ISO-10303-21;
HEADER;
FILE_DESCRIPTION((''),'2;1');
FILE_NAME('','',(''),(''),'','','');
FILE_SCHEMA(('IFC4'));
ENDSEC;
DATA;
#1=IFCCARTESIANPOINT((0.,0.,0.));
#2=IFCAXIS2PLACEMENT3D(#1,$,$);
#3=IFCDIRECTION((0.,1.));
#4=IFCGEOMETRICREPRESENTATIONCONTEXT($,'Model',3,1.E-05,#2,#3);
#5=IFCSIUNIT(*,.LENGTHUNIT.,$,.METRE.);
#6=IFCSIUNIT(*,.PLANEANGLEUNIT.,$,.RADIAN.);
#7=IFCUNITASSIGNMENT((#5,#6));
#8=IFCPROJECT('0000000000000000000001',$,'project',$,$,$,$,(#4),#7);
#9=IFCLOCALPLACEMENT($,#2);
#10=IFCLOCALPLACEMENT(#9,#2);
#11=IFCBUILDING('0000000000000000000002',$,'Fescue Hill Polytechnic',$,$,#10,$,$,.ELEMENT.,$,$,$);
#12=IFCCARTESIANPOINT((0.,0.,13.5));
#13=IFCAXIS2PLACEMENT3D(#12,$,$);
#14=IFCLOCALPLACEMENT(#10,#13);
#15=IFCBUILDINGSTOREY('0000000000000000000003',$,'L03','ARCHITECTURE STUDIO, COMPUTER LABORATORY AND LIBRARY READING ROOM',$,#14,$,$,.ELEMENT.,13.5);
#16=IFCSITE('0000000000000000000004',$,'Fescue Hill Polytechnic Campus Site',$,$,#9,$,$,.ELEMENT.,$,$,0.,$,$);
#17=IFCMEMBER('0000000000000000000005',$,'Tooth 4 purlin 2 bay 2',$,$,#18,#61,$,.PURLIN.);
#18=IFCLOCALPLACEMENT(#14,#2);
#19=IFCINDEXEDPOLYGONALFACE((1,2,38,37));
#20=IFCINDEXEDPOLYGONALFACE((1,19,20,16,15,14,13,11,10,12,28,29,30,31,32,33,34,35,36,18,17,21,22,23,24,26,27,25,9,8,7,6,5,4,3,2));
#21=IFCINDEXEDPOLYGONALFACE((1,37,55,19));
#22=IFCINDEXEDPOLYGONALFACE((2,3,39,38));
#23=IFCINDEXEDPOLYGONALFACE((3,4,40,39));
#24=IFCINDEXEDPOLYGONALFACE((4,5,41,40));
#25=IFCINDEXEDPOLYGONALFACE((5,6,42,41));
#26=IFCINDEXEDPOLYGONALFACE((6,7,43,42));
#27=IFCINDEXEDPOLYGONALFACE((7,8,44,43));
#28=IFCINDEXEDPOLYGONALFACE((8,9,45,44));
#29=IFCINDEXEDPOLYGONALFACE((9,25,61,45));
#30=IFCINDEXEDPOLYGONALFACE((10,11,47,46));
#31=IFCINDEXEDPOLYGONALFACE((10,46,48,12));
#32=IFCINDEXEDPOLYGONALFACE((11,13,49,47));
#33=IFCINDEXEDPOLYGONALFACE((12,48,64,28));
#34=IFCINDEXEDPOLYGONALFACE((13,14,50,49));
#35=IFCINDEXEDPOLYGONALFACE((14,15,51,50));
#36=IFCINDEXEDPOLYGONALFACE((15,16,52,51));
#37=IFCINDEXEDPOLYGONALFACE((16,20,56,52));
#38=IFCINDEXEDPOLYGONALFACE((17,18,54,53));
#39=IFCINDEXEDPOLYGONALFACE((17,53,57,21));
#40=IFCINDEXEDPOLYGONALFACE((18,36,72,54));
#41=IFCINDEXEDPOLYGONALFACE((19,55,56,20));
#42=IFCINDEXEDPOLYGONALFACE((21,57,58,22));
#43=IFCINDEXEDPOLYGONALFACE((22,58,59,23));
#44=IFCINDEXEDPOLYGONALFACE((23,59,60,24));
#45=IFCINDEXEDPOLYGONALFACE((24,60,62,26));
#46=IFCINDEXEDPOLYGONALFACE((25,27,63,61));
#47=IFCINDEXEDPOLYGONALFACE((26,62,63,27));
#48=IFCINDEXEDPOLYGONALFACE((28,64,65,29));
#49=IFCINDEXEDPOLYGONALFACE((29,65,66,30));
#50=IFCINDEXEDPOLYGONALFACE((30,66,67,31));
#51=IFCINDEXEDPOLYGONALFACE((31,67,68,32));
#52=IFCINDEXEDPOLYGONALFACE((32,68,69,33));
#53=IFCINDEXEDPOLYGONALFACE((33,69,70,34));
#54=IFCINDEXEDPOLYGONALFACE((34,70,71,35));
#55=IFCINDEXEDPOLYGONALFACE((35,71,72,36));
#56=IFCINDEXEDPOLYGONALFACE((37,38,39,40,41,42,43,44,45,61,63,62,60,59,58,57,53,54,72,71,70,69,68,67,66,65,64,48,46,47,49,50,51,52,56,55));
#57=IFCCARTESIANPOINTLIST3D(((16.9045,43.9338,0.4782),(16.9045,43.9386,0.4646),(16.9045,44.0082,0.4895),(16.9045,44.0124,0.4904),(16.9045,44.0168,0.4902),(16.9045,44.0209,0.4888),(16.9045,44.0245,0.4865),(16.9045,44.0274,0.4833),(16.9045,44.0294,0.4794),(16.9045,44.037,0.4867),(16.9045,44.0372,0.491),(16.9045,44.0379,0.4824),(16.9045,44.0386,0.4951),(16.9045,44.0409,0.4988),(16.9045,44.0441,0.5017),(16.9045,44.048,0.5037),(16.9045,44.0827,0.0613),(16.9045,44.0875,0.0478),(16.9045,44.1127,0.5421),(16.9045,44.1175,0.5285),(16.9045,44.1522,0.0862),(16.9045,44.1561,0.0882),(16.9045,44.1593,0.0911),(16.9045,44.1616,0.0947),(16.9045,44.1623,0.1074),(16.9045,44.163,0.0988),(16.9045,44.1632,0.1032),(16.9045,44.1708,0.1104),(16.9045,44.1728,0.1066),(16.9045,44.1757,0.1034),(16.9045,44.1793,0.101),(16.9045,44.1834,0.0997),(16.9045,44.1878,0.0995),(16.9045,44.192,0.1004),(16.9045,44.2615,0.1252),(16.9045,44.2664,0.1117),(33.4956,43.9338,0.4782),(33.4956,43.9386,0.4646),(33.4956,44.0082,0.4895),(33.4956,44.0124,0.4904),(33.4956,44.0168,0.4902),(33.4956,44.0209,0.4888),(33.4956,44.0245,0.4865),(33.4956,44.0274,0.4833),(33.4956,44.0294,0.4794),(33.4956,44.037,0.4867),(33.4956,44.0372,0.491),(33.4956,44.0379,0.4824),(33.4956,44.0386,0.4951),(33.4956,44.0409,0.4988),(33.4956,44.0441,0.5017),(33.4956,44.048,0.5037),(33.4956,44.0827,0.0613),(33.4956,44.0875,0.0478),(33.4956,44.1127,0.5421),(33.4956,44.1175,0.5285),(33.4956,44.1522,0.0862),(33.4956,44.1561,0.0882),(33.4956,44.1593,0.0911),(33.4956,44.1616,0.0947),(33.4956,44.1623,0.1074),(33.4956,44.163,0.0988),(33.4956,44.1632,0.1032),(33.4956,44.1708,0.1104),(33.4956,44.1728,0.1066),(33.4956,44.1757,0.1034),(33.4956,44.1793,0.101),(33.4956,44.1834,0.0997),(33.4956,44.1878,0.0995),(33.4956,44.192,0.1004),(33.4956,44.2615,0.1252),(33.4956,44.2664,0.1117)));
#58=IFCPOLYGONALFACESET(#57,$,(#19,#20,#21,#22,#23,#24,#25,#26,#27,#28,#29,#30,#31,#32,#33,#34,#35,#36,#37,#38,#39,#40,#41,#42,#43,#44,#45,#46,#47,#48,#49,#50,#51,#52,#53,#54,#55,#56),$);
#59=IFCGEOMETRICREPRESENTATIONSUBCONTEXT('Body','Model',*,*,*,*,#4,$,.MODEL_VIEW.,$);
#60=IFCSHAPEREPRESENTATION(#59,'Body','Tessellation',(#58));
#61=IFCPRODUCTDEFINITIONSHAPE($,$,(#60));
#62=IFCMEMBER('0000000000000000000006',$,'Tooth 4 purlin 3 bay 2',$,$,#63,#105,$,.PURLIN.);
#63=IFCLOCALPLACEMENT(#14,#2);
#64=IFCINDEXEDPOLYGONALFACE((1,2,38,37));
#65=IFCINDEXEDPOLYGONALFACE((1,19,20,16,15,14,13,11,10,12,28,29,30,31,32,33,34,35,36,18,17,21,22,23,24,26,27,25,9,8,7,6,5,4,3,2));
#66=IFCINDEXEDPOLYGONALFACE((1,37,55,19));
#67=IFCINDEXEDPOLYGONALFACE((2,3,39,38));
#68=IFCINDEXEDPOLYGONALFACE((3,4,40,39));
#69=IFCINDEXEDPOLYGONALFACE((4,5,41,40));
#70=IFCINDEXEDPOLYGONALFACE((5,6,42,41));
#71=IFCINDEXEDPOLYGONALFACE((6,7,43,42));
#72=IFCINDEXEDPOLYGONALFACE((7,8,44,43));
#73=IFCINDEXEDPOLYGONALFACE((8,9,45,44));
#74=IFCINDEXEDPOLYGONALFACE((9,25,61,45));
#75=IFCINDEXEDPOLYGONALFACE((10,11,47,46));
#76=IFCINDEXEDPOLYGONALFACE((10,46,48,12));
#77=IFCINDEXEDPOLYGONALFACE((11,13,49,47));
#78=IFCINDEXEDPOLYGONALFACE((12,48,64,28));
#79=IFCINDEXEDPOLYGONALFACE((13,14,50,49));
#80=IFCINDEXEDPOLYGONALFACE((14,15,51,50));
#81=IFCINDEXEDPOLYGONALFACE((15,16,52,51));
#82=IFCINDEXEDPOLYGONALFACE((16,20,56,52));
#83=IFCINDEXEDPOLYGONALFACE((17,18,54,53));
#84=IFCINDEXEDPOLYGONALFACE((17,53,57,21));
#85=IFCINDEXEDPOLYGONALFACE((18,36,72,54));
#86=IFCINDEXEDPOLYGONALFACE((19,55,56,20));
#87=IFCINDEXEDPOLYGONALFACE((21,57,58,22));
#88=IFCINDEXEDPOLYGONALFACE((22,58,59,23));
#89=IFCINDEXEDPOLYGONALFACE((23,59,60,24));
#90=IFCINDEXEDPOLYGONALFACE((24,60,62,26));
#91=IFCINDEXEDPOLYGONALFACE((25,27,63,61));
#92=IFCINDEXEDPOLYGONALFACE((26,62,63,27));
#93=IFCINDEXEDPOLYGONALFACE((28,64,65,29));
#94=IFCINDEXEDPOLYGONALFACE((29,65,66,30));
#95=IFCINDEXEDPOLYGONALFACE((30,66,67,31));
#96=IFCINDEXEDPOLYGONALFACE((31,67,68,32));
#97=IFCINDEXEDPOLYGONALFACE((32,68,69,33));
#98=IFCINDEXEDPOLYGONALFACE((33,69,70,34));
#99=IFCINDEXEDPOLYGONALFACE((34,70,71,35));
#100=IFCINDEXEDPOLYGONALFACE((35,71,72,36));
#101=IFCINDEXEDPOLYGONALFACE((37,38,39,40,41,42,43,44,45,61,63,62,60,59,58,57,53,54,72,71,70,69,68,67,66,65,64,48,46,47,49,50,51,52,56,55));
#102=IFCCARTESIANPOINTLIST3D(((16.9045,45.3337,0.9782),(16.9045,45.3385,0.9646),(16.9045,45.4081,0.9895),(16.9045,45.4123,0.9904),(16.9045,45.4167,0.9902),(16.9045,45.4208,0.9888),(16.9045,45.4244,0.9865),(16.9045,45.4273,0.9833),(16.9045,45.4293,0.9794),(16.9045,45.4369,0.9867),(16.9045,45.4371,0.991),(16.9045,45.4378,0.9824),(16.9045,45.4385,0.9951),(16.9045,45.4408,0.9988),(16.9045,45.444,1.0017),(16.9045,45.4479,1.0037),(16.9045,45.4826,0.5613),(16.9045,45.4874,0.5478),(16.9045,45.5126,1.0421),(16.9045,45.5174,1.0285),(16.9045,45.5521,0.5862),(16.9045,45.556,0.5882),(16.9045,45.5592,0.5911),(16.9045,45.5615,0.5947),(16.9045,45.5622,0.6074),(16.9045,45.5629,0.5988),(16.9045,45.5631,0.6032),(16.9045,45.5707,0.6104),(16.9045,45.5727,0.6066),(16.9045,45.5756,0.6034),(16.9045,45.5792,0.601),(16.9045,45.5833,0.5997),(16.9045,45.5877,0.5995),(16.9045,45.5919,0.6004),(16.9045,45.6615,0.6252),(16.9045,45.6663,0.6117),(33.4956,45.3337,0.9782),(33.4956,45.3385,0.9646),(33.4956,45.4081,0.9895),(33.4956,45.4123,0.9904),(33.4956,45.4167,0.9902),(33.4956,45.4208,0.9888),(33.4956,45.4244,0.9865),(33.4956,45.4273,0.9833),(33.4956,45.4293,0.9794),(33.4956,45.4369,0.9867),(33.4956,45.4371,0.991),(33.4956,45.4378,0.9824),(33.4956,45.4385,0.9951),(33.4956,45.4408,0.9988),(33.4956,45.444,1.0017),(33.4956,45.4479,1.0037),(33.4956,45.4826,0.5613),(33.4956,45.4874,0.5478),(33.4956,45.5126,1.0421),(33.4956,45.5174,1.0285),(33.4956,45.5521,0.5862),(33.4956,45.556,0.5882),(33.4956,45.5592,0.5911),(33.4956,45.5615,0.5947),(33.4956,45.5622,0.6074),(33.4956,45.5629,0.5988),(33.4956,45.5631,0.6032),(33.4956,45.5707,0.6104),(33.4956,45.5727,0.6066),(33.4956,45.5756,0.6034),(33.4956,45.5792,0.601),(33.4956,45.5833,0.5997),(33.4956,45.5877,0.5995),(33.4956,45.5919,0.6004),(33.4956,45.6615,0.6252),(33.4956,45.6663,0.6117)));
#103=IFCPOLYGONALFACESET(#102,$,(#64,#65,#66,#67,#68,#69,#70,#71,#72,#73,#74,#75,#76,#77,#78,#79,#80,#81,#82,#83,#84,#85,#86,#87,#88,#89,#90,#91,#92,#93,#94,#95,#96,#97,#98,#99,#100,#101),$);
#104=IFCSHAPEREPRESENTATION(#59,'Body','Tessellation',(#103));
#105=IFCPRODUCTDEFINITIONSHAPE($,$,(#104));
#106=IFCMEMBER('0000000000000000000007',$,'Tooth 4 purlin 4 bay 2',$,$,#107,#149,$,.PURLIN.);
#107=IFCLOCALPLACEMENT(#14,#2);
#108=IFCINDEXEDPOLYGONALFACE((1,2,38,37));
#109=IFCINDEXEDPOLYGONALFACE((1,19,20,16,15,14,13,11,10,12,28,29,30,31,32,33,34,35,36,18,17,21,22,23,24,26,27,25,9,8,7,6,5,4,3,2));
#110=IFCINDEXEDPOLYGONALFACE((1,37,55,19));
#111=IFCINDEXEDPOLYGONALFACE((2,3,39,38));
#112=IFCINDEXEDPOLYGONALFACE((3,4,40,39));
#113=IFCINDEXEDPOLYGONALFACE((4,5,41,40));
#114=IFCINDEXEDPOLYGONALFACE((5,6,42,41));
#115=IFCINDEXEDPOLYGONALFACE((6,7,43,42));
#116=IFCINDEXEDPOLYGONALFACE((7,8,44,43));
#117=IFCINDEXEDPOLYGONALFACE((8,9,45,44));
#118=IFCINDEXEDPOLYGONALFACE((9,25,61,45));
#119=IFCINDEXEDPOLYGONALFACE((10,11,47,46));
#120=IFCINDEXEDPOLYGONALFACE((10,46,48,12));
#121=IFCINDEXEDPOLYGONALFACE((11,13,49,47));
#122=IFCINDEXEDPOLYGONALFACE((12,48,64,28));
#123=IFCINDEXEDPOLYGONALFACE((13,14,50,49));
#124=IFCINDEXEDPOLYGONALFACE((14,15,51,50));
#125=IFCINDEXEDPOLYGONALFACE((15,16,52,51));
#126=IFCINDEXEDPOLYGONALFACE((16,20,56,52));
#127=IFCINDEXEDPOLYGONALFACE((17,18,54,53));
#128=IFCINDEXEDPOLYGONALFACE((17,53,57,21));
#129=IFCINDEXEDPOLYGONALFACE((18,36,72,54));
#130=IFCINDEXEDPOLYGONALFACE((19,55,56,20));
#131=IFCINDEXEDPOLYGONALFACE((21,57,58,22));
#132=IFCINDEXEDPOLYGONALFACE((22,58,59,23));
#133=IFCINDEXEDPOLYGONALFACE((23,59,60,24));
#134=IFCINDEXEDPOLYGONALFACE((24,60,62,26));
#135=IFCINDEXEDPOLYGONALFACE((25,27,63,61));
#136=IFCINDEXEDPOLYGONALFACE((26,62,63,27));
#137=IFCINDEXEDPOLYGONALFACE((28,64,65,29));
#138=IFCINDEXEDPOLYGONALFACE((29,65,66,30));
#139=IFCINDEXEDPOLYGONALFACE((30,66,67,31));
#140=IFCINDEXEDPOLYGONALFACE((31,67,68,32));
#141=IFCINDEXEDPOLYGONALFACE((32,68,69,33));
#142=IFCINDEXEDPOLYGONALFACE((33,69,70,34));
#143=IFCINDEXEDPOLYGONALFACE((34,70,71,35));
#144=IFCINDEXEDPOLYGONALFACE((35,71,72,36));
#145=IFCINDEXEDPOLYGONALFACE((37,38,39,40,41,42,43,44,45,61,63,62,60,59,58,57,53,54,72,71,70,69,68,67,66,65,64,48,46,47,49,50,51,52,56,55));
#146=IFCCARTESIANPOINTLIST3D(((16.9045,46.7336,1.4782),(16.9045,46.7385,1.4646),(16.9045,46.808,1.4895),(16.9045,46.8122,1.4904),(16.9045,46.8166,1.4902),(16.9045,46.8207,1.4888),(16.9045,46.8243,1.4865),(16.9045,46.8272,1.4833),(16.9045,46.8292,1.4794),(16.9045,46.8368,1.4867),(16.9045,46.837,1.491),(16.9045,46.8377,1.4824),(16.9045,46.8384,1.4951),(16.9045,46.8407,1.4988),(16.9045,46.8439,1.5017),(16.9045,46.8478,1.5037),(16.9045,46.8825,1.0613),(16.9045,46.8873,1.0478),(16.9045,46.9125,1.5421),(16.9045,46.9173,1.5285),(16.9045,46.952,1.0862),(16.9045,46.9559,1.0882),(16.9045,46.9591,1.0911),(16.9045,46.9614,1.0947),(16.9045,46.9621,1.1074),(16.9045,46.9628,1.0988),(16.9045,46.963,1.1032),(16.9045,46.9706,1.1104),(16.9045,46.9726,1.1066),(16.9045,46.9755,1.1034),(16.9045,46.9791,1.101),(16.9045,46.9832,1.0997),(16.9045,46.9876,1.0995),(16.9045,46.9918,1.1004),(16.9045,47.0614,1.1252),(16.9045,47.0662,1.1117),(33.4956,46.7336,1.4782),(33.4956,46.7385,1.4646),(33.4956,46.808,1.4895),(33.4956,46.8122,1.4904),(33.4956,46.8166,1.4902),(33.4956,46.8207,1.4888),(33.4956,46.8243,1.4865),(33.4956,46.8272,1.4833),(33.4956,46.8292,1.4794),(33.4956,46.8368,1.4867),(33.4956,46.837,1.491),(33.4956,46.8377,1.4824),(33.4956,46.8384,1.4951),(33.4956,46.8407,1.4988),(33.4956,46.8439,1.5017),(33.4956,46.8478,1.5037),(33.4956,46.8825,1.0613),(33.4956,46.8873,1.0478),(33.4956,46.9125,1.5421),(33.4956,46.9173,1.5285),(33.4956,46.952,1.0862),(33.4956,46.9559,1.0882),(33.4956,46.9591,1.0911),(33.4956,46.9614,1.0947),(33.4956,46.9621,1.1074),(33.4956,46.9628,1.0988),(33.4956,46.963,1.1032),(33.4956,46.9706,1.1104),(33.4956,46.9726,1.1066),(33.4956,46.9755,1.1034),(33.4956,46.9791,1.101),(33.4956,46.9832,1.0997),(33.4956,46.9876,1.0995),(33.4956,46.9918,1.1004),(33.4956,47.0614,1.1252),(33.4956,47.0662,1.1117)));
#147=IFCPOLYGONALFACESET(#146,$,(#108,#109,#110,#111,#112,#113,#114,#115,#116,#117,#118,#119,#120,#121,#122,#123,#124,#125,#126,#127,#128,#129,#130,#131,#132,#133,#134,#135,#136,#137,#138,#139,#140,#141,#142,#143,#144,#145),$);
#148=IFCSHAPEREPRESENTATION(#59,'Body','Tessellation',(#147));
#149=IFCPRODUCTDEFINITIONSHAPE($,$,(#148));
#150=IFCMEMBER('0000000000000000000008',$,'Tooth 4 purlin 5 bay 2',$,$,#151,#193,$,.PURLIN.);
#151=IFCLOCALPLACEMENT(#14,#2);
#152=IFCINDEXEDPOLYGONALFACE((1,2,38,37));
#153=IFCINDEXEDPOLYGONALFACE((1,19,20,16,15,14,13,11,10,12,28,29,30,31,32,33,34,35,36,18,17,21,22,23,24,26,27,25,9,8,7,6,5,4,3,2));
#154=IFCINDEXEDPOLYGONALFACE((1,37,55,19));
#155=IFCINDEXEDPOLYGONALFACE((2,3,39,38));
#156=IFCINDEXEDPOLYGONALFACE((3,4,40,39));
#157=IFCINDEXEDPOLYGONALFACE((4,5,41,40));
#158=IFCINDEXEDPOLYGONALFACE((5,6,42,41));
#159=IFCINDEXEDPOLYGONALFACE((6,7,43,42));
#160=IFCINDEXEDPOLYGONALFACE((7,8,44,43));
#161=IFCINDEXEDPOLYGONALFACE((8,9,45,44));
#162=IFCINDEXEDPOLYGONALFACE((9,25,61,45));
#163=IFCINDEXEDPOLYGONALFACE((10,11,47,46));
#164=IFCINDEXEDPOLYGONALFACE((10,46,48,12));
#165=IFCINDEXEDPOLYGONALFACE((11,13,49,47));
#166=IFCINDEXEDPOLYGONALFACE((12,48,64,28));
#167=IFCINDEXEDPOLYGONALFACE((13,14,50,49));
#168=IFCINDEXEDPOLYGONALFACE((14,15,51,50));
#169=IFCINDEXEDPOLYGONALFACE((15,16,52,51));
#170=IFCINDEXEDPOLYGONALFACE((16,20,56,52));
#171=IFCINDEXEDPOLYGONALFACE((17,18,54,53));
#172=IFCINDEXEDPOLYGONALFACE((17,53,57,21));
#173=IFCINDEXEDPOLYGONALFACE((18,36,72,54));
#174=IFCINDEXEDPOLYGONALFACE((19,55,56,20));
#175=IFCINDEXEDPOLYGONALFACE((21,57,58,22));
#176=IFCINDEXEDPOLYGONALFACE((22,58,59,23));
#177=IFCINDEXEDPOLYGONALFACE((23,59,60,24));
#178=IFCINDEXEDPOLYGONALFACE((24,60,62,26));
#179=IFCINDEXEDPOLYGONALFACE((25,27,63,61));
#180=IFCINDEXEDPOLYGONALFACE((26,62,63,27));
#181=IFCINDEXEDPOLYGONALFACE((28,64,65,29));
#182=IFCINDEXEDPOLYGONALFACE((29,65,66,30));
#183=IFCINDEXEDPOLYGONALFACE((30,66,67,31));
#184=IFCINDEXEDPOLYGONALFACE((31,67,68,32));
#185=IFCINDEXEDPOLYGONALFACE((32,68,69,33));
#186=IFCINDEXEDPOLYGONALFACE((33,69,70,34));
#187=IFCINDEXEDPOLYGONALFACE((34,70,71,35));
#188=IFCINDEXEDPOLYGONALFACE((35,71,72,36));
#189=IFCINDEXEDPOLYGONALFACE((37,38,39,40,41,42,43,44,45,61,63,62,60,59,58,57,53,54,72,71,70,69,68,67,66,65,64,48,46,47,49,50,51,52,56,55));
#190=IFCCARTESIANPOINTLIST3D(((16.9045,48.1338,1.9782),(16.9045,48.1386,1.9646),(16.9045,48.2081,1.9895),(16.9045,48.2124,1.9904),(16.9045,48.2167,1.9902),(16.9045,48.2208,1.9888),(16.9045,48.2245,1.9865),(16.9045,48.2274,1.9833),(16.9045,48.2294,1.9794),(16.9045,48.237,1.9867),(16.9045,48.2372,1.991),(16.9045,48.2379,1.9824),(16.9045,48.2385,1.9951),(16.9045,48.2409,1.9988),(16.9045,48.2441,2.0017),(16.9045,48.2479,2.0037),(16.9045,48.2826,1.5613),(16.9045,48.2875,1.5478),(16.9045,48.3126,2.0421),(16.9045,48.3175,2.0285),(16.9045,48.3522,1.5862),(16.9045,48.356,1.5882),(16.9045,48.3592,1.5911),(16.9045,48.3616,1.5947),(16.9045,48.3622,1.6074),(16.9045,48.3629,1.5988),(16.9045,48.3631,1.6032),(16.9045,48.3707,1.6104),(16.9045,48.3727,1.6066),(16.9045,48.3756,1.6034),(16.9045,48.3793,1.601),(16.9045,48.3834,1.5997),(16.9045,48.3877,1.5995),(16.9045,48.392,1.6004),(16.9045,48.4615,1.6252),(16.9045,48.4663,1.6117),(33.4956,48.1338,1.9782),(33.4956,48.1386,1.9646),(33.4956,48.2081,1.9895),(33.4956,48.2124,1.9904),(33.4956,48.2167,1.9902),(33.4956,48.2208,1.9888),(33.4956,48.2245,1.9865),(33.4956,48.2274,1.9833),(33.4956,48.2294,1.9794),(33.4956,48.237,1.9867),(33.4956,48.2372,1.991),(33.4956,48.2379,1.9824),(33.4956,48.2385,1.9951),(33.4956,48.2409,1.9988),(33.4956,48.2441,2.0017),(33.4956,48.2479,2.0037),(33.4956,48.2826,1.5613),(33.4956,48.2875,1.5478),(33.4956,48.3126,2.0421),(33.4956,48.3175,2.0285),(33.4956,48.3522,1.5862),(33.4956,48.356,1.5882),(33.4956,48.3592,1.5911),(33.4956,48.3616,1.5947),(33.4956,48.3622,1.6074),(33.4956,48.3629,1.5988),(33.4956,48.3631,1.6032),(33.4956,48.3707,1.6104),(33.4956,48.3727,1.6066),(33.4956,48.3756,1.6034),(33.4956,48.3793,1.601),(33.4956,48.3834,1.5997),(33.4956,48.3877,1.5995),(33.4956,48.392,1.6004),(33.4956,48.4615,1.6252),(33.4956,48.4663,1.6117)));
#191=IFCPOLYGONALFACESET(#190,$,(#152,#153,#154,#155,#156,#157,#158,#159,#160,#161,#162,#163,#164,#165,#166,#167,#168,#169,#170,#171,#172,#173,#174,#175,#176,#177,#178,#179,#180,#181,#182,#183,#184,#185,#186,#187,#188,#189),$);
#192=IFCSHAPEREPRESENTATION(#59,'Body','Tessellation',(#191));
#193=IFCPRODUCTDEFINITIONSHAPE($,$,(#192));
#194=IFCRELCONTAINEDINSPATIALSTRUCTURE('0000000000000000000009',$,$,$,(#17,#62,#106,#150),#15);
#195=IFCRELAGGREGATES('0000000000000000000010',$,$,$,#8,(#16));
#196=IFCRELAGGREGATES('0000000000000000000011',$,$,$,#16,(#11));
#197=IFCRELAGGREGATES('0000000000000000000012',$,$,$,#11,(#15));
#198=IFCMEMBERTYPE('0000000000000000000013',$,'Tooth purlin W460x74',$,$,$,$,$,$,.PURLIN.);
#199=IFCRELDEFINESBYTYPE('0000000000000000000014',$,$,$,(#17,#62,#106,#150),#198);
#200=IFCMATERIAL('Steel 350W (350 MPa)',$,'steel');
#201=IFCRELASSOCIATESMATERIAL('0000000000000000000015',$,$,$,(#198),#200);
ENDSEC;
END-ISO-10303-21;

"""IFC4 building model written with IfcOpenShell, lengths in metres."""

from ifc_helpers import new_model, si_unit, direction, frame, origin, origin_2d, place, context, subcontext, project, spatial, i_section, extrude, material, material_profile, profile_set, type_object, element, save


model = new_model("IFC4")

# Units and contexts
model_context = context("Model", 3, precision=1e-05, world=origin(), true_north=direction((0.0, 1.0)))
body_context = subcontext(model_context, "Body", "Model", "MODEL_VIEW")
ifc_project = project(units=[si_unit("LENGTHUNIT", "METRE"), si_unit("PLANEANGLEUNIT", "RADIAN")], contexts=[model_context])

# Site, building, storey
site_placement = place(None, origin())
site = spatial("IfcSite", under=ifc_project, at=site_placement, Name="Fescue Hill Polytechnic Campus Site", CompositionType="ELEMENT", RefElevation=0.0)
building_placement = place(site_placement, origin())
building = spatial("IfcBuilding", under=site, at=building_placement, Name="Fescue Hill Polytechnic", CompositionType="ELEMENT")
storey_placement = place(building_placement, frame((0.0, 0.0, 13.5)))
storey = spatial("IfcBuildingStorey", under=building, at=storey_placement, Name="L03", Description="ARCHITECTURE STUDIO, COMPUTER LABORATORY AND LIBRARY READING ROOM", CompositionType="ELEMENT", Elevation=13.5)

# Members
ifc_material_1 = material(Name="Steel 350W (350 MPa)", Category="steel")
ifc_material_profile_1 = material_profile(ifc_material_1, i_section(OverallWidth=0.1899, OverallDepth=0.457, WebThickness=0.009, FlangeThickness=0.0144, FilletRadius=0.0166, at=origin_2d()), Name="W460x74")
ifc_profile_set_1 = profile_set([ifc_material_profile_1], Name="Steel 350W (350 MPa)")
member_type_1 = type_object("IfcMemberType", Name="Tooth purlin W460x74", PredefinedType="PURLIN", material=ifc_profile_set_1)
for number, where, z_axis, x_axis, name in (
    (1, (16.9045, 44.1001, 0.2949), (1.0, 0.0, 0.0), (0.0, 0.941742, 0.336336), "Tooth 4 purlin 2 bay 2"),
    (2, (16.9045, 45.5, 0.7949), (1.0, 0.0, 0.0), (0.0, 0.941742, 0.336336), "Tooth 4 purlin 3 bay 2"),
    (3, (16.9045, 46.8999, 1.2949), (1.0, 0.0, 0.0), (0.0, 0.941742, 0.336336), "Tooth 4 purlin 4 bay 2"),
    (4, (16.9045, 48.3, 1.7949), (1.0, 0.0, 0.0), (0.0, 0.941742, 0.336336), "Tooth 4 purlin 5 bay 2"),
):
    element("IfcMember", number, at=place(storey_placement, frame(where, z_axis=z_axis, x_axis=x_axis)), inside=storey, type_object=member_type_1, Name=name, PredefinedType="PURLIN", context=body_context, shape_type="SweptSolid", body=[
        extrude(i_section(OverallWidth=0.1899, OverallDepth=0.457, WebThickness=0.009, FlangeThickness=0.0144, FilletRadius=0.0166, at=origin_2d()), origin(), (0.0, 0.0, 1.0), 16.5911),
    ])

save(model, "model.ifc")
